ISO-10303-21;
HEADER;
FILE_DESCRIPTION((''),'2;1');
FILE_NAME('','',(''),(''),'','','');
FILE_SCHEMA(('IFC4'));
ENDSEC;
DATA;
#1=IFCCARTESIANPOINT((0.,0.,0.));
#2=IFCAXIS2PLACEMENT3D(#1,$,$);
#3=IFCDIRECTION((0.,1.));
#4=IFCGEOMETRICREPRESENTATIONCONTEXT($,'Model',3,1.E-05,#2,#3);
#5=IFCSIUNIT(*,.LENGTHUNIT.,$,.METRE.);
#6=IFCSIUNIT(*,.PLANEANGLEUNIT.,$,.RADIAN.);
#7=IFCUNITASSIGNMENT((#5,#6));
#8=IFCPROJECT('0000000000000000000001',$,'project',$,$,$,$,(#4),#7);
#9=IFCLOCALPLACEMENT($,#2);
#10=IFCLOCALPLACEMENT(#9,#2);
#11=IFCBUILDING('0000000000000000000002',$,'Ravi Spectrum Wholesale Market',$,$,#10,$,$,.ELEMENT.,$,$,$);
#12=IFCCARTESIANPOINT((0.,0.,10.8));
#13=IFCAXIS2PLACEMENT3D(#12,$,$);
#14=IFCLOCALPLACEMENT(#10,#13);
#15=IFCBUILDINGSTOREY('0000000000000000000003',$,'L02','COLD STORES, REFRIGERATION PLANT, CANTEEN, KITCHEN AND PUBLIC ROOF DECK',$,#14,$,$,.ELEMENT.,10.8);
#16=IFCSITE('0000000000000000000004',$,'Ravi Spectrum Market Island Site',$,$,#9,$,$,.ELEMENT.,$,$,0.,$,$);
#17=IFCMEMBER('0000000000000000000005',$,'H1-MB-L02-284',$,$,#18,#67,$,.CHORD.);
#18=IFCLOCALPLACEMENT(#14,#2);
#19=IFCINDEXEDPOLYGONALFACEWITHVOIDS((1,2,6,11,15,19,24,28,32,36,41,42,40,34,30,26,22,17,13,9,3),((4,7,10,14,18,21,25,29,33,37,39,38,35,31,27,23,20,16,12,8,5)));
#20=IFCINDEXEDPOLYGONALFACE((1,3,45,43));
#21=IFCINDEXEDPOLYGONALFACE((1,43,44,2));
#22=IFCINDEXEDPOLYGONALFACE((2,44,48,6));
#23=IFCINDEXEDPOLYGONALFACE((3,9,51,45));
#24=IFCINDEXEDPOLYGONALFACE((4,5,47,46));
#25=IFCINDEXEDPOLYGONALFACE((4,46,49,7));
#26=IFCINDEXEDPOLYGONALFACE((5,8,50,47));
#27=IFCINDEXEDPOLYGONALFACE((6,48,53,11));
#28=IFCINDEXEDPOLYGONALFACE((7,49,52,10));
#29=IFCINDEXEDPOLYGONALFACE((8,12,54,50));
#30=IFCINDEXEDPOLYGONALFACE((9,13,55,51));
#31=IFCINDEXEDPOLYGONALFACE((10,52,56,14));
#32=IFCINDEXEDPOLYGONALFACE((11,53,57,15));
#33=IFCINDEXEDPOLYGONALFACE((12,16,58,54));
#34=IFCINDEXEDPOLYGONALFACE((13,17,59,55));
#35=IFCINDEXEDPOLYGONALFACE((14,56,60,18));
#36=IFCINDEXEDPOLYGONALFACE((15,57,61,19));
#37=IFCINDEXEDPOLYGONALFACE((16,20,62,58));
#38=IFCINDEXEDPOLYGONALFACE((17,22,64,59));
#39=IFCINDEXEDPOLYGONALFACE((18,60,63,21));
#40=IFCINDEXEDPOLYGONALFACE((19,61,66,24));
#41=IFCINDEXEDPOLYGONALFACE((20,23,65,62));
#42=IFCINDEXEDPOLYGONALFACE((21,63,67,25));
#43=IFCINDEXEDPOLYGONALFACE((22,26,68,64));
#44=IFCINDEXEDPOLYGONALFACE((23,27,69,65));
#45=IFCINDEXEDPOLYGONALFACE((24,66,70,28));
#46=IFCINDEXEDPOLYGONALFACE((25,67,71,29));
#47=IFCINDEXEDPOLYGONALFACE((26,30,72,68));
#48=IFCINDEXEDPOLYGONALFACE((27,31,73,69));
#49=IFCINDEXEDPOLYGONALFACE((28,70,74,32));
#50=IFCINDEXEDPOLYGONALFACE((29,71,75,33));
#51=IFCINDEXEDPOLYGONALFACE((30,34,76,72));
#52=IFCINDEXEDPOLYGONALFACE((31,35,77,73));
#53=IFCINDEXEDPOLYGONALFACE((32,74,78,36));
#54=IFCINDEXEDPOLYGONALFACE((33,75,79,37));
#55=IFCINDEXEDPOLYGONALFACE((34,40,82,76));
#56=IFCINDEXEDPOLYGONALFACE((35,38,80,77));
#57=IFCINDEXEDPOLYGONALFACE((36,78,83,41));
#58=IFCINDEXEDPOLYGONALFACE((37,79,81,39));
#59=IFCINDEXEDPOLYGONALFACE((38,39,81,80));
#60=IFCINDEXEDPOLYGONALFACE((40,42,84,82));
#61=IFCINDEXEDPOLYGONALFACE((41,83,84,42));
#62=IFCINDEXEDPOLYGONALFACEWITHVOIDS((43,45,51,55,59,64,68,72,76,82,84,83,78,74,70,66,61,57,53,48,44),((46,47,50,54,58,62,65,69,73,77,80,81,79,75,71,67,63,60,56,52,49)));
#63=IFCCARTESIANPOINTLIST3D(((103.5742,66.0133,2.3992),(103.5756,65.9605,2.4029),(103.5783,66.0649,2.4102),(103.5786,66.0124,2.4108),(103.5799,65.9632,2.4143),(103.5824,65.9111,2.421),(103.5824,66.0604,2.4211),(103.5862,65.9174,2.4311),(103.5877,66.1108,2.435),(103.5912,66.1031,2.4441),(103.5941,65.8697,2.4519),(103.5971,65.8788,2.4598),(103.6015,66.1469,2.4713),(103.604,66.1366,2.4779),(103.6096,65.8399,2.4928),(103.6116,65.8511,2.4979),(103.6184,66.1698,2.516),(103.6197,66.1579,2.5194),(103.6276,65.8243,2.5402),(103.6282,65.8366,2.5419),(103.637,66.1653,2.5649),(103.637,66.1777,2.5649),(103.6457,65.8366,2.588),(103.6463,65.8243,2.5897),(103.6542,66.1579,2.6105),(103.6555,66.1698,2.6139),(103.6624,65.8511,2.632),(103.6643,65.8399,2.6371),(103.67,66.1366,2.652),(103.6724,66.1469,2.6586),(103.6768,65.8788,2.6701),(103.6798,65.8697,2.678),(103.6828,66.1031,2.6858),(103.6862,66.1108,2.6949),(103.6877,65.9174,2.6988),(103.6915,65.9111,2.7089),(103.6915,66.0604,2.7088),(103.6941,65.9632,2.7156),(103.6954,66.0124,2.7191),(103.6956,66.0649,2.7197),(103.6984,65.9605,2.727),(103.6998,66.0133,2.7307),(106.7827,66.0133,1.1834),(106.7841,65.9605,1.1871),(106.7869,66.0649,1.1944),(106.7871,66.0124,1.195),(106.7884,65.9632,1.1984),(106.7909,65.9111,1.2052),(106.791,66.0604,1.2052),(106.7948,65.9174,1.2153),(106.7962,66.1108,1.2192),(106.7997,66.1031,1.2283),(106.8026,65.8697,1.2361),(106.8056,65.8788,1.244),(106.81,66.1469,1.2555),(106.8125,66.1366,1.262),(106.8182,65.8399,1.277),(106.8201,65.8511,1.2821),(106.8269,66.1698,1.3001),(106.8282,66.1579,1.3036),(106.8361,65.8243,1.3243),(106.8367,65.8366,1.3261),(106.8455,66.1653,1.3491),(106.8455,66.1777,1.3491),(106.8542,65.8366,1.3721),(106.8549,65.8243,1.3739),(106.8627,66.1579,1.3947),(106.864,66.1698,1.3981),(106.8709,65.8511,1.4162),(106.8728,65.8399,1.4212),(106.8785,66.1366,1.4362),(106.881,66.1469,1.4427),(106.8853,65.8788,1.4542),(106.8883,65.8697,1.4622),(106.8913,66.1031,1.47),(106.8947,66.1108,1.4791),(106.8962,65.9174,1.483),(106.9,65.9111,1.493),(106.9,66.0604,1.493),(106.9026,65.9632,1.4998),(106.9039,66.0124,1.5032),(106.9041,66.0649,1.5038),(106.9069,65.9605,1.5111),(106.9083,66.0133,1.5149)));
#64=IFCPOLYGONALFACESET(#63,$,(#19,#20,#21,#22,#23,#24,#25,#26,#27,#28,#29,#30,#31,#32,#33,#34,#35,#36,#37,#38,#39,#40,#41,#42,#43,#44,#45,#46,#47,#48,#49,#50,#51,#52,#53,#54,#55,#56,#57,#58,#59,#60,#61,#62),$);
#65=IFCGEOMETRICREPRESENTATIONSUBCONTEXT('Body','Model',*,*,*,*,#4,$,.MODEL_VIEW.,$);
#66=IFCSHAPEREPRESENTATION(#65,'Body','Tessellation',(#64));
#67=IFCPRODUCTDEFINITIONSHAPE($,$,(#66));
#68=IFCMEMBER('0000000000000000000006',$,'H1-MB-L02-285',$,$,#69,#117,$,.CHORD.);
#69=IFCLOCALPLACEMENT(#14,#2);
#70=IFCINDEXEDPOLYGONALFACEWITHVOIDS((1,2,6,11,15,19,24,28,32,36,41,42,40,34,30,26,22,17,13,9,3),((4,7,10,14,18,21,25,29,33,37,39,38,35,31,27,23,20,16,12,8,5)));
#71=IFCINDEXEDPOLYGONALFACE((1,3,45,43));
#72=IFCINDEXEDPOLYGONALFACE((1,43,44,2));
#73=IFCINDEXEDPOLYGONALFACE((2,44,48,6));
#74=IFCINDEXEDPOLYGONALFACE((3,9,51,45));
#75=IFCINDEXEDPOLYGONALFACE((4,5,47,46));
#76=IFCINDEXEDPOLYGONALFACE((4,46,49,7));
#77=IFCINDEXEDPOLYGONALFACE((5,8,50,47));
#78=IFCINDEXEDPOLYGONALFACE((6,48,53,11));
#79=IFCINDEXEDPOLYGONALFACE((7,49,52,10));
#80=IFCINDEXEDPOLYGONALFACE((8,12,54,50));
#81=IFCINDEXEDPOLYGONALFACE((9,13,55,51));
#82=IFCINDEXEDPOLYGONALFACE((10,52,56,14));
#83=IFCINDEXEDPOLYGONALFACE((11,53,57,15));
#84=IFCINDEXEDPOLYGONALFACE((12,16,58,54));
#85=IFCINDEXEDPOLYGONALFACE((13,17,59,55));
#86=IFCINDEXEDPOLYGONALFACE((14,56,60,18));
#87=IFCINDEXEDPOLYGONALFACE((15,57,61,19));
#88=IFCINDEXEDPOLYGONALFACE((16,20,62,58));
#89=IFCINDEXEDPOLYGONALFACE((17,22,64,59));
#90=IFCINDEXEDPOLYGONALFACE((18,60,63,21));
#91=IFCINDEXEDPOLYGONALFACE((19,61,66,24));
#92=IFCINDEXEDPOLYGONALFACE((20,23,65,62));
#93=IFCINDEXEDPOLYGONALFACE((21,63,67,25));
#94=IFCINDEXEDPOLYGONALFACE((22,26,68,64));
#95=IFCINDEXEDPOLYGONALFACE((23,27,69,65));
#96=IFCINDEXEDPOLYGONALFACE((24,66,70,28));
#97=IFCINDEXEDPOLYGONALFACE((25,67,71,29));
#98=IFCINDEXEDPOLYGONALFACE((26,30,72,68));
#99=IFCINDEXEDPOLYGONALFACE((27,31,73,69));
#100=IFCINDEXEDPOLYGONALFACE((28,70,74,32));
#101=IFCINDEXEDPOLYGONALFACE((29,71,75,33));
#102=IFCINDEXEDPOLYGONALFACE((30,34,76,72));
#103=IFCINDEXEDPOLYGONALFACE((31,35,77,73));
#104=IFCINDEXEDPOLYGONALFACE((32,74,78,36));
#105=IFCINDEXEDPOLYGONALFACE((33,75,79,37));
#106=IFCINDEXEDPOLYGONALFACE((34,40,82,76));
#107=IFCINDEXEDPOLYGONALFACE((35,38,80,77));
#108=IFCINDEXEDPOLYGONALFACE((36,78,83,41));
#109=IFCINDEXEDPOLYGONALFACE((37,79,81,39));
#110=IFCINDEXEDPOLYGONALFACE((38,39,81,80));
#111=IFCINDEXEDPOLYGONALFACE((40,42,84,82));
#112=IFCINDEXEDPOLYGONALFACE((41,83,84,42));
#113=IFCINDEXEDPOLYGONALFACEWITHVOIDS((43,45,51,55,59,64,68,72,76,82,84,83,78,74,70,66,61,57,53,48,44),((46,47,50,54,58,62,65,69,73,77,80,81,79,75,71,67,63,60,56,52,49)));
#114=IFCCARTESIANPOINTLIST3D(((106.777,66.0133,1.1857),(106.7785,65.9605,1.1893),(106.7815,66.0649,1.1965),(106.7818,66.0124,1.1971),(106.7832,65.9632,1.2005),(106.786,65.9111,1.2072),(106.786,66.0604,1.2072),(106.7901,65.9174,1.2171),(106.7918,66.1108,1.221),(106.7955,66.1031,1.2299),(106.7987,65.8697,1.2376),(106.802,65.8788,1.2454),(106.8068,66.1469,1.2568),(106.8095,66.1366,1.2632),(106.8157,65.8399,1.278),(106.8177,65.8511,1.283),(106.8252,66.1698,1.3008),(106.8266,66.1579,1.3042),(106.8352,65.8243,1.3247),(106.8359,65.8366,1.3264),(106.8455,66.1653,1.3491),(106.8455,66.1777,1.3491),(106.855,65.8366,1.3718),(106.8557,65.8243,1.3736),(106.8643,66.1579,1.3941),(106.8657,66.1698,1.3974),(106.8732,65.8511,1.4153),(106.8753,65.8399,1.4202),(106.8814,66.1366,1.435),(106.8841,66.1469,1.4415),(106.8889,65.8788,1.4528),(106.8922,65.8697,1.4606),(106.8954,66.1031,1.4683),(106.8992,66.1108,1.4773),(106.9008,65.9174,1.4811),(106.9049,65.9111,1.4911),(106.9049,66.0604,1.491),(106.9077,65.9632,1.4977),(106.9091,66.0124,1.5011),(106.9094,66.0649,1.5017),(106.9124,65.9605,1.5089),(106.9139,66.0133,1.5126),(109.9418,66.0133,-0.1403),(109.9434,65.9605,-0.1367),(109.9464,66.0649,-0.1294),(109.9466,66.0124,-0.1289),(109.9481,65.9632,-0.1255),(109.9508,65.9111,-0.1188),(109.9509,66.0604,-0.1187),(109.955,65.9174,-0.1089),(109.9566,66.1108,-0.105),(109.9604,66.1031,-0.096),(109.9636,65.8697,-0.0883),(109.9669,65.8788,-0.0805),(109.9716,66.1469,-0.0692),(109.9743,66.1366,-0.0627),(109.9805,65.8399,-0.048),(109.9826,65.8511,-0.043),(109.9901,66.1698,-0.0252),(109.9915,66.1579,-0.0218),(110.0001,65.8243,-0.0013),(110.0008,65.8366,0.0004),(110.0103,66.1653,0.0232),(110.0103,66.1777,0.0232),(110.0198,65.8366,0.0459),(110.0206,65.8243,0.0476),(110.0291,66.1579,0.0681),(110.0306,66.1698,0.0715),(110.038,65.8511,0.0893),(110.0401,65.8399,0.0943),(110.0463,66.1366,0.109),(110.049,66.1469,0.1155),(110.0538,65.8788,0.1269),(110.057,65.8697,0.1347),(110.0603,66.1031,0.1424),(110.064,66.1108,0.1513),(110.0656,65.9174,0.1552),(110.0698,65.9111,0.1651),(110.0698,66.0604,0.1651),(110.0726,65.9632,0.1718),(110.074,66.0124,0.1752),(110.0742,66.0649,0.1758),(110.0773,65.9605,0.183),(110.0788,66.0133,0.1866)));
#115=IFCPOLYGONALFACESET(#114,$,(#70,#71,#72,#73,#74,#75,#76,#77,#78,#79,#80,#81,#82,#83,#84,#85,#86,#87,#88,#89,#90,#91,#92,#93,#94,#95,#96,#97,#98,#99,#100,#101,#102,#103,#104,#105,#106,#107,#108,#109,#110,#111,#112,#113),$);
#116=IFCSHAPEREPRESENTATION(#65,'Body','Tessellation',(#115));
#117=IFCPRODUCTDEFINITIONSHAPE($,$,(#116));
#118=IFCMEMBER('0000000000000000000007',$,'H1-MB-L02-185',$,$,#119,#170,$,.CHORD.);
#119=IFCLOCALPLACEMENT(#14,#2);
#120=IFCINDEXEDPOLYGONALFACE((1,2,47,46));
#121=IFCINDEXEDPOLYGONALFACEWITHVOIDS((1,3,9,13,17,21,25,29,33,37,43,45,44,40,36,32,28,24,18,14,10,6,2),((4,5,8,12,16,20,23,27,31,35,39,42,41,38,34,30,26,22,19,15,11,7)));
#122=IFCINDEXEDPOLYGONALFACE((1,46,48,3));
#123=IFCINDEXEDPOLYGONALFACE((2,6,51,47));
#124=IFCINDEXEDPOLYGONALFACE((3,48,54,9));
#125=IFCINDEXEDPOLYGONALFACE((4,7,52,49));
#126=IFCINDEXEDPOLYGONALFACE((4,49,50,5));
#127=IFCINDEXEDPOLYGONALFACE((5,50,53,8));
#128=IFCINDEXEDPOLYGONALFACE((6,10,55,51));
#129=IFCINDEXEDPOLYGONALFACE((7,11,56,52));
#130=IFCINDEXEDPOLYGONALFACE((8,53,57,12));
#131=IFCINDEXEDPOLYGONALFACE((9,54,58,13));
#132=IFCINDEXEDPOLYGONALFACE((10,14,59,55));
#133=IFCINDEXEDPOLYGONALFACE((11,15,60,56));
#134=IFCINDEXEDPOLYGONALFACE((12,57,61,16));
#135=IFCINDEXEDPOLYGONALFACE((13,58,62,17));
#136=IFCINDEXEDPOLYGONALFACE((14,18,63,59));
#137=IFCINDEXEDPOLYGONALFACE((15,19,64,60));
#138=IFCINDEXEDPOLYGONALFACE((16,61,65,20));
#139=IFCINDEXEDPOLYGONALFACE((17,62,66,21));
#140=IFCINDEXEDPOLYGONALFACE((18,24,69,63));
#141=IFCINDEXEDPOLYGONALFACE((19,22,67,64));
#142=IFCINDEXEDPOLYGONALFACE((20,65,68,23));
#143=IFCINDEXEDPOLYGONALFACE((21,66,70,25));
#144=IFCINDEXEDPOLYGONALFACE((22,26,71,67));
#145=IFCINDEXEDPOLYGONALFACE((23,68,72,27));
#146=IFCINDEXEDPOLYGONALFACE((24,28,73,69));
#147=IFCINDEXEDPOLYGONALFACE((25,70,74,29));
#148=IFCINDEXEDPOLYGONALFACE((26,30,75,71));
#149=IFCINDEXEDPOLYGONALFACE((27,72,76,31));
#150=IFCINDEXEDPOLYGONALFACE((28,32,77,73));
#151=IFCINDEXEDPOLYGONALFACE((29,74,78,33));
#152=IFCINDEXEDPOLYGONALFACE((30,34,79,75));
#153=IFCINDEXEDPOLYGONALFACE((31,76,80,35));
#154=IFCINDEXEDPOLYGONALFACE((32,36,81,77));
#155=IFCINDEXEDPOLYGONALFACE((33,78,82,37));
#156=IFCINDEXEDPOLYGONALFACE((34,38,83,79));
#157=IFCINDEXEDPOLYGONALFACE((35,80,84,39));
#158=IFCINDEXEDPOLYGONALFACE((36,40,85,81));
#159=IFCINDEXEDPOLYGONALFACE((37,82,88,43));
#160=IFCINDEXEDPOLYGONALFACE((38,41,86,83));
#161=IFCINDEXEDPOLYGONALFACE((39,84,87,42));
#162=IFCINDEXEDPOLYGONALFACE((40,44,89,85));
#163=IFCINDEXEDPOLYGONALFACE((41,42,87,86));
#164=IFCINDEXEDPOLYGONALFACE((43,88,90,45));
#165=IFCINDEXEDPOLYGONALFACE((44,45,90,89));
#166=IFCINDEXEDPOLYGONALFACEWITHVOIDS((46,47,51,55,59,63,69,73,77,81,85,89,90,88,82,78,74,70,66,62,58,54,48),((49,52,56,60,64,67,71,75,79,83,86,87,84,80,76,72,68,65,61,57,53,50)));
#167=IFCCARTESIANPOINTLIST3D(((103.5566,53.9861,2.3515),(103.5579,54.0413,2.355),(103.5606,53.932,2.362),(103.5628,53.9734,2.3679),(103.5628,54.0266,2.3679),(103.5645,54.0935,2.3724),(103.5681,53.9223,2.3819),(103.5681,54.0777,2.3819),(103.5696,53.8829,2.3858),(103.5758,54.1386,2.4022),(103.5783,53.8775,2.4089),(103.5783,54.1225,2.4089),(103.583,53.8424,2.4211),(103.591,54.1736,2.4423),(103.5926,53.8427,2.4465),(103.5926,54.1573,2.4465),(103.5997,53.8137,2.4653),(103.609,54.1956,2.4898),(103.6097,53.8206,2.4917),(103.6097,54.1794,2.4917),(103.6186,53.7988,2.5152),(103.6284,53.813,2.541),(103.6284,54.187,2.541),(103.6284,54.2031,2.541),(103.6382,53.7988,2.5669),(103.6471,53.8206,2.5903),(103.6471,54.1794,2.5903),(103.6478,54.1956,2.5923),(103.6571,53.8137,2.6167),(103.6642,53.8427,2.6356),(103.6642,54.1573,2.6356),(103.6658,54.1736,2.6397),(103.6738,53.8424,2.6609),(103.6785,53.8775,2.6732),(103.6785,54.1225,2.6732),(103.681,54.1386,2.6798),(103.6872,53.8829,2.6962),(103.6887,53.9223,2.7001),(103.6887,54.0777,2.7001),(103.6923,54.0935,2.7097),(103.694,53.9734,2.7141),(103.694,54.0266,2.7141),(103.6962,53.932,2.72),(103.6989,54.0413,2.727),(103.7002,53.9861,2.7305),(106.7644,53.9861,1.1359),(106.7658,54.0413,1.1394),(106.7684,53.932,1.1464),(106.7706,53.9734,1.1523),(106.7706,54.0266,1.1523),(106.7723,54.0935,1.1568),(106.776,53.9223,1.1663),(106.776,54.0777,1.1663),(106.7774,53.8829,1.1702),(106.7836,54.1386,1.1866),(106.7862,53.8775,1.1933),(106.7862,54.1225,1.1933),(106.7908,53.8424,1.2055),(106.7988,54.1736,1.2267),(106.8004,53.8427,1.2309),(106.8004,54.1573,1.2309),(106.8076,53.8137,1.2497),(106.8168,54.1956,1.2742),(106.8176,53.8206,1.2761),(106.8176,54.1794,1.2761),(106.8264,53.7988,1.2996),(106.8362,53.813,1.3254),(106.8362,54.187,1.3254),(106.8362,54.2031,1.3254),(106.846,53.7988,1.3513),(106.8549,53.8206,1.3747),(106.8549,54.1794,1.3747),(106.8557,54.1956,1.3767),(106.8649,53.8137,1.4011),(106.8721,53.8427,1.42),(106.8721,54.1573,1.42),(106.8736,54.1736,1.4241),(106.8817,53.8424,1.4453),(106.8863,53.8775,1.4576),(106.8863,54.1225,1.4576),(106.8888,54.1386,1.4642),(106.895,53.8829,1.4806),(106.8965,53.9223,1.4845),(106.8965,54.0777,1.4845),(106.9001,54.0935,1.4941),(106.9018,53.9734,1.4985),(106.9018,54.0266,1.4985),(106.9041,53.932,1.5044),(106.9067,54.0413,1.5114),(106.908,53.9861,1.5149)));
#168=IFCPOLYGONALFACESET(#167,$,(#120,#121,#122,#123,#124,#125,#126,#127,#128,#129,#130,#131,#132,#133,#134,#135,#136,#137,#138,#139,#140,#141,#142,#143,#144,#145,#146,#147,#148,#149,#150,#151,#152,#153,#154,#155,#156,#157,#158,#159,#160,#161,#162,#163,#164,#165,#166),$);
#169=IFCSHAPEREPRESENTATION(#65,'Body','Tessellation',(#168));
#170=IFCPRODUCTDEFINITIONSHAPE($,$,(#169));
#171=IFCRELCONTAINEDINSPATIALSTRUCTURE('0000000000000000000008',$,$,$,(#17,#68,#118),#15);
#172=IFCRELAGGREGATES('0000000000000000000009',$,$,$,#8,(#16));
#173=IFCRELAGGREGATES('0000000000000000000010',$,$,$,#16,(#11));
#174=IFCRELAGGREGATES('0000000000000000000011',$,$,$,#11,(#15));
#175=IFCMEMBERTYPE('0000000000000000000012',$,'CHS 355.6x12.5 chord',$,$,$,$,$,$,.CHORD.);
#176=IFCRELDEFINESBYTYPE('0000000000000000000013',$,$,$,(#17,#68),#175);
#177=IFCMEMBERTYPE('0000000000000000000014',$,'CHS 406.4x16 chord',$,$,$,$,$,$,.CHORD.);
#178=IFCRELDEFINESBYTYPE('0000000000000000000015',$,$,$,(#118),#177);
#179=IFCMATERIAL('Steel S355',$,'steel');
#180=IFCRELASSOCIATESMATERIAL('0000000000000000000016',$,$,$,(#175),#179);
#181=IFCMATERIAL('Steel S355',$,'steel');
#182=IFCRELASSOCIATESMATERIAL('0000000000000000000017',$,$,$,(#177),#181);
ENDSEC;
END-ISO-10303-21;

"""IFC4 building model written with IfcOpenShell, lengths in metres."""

from ifc_helpers import new_model, si_unit, direction, frame, origin, origin_2d, place, context, subcontext, project, spatial, hollow_circle, extrude, material, material_profile, profile_set, type_object, element, save


model = new_model("IFC4")

# Units and contexts
model_context = context("Model", 3, precision=1e-05, world=origin(), true_north=direction((0.0, 1.0)))
body_context = subcontext(model_context, "Body", "Model", "MODEL_VIEW")
ifc_project = project(units=[si_unit("LENGTHUNIT", "METRE"), si_unit("PLANEANGLEUNIT", "RADIAN")], contexts=[model_context])

# Site, building, storey
site_placement = place(None, origin())
site = spatial("IfcSite", under=ifc_project, at=site_placement, Name="Ravi Spectrum Market Island Site", CompositionType="ELEMENT", RefElevation=0.0)
building_placement = place(site_placement, origin())
building = spatial("IfcBuilding", under=site, at=building_placement, Name="Ravi Spectrum Wholesale Market", CompositionType="ELEMENT")
storey_placement = place(building_placement, frame((0.0, 0.0, 10.8)))
storey = spatial("IfcBuildingStorey", under=building, at=storey_placement, Name="L02", Description="COLD STORES, REFRIGERATION PLANT, CANTEEN, KITCHEN AND PUBLIC ROOF DECK", CompositionType="ELEMENT", Elevation=10.8)

# Members
ifc_material_1 = material(Name="Steel S355", Category="steel")
ifc_material_profile_1 = material_profile(ifc_material_1, hollow_circle(Radius=0.1777, WallThickness=0.0125, at=origin_2d()))
ifc_profile_set_1 = profile_set([ifc_material_profile_1], Name="Steel S355")
member_type_1 = type_object("IfcMemberType", Name="CHS 355.6x12.5 chord", PredefinedType="CHORD", material=ifc_profile_set_1)
member_1_placement = place(storey_placement, frame((103.637, 66.0, 2.5649), z_axis=(0.935113, 0.0, -0.35435), x_axis=(0.0, 1.0, 0.0)))
element("IfcMember", 1, at=member_1_placement, inside=storey, type_object=member_type_1, Name="H1-MB-L02-284", PredefinedType="CHORD", context=body_context, shape_type="SweptSolid", body=[
    extrude(hollow_circle(Radius=0.1777, WallThickness=0.0125, at=origin_2d()), origin(), (0.0, 0.0, 1.0), 3.4312),
])
member_2_placement = place(storey_placement, frame((106.8455, 66.0, 1.3491), z_axis=(0.922324, 0.0, -0.386418), x_axis=(0.0, 1.0, 0.0)))
element("IfcMember", 2, at=member_2_placement, inside=storey, type_object=member_type_1, Name="H1-MB-L02-285", PredefinedType="CHORD", context=body_context, shape_type="SweptSolid", body=[
    extrude(hollow_circle(Radius=0.1777, WallThickness=0.0125, at=origin_2d()), origin(), (0.0, 0.0, 1.0), 3.4314),
])
ifc_material_2 = material(Name="Steel S355", Category="steel")
ifc_material_profile_2 = material_profile(ifc_material_2, hollow_circle(Radius=0.2031, WallThickness=0.0161, at=origin_2d()))
ifc_profile_set_2 = profile_set([ifc_material_profile_2], Name="Steel S355")
member_type_2 = type_object("IfcMemberType", Name="CHS 406.4x16 chord", PredefinedType="CHORD", material=ifc_profile_set_2)
member_3_placement = place(storey_placement, frame((103.6284, 54.0, 2.541), z_axis=(0.93511, 0.0, -0.354358), x_axis=(0.0, 1.0, 0.0)))
element("IfcMember", 3, at=member_3_placement, inside=storey, type_object=member_type_2, Name="H1-MB-L02-185", PredefinedType="CHORD", context=body_context, shape_type="SweptSolid", body=[
    extrude(hollow_circle(Radius=0.2031, WallThickness=0.0161, at=origin_2d()), origin(), (0.0, 0.0, 1.0), 3.4304),
])

save(model, "model.ifc")
